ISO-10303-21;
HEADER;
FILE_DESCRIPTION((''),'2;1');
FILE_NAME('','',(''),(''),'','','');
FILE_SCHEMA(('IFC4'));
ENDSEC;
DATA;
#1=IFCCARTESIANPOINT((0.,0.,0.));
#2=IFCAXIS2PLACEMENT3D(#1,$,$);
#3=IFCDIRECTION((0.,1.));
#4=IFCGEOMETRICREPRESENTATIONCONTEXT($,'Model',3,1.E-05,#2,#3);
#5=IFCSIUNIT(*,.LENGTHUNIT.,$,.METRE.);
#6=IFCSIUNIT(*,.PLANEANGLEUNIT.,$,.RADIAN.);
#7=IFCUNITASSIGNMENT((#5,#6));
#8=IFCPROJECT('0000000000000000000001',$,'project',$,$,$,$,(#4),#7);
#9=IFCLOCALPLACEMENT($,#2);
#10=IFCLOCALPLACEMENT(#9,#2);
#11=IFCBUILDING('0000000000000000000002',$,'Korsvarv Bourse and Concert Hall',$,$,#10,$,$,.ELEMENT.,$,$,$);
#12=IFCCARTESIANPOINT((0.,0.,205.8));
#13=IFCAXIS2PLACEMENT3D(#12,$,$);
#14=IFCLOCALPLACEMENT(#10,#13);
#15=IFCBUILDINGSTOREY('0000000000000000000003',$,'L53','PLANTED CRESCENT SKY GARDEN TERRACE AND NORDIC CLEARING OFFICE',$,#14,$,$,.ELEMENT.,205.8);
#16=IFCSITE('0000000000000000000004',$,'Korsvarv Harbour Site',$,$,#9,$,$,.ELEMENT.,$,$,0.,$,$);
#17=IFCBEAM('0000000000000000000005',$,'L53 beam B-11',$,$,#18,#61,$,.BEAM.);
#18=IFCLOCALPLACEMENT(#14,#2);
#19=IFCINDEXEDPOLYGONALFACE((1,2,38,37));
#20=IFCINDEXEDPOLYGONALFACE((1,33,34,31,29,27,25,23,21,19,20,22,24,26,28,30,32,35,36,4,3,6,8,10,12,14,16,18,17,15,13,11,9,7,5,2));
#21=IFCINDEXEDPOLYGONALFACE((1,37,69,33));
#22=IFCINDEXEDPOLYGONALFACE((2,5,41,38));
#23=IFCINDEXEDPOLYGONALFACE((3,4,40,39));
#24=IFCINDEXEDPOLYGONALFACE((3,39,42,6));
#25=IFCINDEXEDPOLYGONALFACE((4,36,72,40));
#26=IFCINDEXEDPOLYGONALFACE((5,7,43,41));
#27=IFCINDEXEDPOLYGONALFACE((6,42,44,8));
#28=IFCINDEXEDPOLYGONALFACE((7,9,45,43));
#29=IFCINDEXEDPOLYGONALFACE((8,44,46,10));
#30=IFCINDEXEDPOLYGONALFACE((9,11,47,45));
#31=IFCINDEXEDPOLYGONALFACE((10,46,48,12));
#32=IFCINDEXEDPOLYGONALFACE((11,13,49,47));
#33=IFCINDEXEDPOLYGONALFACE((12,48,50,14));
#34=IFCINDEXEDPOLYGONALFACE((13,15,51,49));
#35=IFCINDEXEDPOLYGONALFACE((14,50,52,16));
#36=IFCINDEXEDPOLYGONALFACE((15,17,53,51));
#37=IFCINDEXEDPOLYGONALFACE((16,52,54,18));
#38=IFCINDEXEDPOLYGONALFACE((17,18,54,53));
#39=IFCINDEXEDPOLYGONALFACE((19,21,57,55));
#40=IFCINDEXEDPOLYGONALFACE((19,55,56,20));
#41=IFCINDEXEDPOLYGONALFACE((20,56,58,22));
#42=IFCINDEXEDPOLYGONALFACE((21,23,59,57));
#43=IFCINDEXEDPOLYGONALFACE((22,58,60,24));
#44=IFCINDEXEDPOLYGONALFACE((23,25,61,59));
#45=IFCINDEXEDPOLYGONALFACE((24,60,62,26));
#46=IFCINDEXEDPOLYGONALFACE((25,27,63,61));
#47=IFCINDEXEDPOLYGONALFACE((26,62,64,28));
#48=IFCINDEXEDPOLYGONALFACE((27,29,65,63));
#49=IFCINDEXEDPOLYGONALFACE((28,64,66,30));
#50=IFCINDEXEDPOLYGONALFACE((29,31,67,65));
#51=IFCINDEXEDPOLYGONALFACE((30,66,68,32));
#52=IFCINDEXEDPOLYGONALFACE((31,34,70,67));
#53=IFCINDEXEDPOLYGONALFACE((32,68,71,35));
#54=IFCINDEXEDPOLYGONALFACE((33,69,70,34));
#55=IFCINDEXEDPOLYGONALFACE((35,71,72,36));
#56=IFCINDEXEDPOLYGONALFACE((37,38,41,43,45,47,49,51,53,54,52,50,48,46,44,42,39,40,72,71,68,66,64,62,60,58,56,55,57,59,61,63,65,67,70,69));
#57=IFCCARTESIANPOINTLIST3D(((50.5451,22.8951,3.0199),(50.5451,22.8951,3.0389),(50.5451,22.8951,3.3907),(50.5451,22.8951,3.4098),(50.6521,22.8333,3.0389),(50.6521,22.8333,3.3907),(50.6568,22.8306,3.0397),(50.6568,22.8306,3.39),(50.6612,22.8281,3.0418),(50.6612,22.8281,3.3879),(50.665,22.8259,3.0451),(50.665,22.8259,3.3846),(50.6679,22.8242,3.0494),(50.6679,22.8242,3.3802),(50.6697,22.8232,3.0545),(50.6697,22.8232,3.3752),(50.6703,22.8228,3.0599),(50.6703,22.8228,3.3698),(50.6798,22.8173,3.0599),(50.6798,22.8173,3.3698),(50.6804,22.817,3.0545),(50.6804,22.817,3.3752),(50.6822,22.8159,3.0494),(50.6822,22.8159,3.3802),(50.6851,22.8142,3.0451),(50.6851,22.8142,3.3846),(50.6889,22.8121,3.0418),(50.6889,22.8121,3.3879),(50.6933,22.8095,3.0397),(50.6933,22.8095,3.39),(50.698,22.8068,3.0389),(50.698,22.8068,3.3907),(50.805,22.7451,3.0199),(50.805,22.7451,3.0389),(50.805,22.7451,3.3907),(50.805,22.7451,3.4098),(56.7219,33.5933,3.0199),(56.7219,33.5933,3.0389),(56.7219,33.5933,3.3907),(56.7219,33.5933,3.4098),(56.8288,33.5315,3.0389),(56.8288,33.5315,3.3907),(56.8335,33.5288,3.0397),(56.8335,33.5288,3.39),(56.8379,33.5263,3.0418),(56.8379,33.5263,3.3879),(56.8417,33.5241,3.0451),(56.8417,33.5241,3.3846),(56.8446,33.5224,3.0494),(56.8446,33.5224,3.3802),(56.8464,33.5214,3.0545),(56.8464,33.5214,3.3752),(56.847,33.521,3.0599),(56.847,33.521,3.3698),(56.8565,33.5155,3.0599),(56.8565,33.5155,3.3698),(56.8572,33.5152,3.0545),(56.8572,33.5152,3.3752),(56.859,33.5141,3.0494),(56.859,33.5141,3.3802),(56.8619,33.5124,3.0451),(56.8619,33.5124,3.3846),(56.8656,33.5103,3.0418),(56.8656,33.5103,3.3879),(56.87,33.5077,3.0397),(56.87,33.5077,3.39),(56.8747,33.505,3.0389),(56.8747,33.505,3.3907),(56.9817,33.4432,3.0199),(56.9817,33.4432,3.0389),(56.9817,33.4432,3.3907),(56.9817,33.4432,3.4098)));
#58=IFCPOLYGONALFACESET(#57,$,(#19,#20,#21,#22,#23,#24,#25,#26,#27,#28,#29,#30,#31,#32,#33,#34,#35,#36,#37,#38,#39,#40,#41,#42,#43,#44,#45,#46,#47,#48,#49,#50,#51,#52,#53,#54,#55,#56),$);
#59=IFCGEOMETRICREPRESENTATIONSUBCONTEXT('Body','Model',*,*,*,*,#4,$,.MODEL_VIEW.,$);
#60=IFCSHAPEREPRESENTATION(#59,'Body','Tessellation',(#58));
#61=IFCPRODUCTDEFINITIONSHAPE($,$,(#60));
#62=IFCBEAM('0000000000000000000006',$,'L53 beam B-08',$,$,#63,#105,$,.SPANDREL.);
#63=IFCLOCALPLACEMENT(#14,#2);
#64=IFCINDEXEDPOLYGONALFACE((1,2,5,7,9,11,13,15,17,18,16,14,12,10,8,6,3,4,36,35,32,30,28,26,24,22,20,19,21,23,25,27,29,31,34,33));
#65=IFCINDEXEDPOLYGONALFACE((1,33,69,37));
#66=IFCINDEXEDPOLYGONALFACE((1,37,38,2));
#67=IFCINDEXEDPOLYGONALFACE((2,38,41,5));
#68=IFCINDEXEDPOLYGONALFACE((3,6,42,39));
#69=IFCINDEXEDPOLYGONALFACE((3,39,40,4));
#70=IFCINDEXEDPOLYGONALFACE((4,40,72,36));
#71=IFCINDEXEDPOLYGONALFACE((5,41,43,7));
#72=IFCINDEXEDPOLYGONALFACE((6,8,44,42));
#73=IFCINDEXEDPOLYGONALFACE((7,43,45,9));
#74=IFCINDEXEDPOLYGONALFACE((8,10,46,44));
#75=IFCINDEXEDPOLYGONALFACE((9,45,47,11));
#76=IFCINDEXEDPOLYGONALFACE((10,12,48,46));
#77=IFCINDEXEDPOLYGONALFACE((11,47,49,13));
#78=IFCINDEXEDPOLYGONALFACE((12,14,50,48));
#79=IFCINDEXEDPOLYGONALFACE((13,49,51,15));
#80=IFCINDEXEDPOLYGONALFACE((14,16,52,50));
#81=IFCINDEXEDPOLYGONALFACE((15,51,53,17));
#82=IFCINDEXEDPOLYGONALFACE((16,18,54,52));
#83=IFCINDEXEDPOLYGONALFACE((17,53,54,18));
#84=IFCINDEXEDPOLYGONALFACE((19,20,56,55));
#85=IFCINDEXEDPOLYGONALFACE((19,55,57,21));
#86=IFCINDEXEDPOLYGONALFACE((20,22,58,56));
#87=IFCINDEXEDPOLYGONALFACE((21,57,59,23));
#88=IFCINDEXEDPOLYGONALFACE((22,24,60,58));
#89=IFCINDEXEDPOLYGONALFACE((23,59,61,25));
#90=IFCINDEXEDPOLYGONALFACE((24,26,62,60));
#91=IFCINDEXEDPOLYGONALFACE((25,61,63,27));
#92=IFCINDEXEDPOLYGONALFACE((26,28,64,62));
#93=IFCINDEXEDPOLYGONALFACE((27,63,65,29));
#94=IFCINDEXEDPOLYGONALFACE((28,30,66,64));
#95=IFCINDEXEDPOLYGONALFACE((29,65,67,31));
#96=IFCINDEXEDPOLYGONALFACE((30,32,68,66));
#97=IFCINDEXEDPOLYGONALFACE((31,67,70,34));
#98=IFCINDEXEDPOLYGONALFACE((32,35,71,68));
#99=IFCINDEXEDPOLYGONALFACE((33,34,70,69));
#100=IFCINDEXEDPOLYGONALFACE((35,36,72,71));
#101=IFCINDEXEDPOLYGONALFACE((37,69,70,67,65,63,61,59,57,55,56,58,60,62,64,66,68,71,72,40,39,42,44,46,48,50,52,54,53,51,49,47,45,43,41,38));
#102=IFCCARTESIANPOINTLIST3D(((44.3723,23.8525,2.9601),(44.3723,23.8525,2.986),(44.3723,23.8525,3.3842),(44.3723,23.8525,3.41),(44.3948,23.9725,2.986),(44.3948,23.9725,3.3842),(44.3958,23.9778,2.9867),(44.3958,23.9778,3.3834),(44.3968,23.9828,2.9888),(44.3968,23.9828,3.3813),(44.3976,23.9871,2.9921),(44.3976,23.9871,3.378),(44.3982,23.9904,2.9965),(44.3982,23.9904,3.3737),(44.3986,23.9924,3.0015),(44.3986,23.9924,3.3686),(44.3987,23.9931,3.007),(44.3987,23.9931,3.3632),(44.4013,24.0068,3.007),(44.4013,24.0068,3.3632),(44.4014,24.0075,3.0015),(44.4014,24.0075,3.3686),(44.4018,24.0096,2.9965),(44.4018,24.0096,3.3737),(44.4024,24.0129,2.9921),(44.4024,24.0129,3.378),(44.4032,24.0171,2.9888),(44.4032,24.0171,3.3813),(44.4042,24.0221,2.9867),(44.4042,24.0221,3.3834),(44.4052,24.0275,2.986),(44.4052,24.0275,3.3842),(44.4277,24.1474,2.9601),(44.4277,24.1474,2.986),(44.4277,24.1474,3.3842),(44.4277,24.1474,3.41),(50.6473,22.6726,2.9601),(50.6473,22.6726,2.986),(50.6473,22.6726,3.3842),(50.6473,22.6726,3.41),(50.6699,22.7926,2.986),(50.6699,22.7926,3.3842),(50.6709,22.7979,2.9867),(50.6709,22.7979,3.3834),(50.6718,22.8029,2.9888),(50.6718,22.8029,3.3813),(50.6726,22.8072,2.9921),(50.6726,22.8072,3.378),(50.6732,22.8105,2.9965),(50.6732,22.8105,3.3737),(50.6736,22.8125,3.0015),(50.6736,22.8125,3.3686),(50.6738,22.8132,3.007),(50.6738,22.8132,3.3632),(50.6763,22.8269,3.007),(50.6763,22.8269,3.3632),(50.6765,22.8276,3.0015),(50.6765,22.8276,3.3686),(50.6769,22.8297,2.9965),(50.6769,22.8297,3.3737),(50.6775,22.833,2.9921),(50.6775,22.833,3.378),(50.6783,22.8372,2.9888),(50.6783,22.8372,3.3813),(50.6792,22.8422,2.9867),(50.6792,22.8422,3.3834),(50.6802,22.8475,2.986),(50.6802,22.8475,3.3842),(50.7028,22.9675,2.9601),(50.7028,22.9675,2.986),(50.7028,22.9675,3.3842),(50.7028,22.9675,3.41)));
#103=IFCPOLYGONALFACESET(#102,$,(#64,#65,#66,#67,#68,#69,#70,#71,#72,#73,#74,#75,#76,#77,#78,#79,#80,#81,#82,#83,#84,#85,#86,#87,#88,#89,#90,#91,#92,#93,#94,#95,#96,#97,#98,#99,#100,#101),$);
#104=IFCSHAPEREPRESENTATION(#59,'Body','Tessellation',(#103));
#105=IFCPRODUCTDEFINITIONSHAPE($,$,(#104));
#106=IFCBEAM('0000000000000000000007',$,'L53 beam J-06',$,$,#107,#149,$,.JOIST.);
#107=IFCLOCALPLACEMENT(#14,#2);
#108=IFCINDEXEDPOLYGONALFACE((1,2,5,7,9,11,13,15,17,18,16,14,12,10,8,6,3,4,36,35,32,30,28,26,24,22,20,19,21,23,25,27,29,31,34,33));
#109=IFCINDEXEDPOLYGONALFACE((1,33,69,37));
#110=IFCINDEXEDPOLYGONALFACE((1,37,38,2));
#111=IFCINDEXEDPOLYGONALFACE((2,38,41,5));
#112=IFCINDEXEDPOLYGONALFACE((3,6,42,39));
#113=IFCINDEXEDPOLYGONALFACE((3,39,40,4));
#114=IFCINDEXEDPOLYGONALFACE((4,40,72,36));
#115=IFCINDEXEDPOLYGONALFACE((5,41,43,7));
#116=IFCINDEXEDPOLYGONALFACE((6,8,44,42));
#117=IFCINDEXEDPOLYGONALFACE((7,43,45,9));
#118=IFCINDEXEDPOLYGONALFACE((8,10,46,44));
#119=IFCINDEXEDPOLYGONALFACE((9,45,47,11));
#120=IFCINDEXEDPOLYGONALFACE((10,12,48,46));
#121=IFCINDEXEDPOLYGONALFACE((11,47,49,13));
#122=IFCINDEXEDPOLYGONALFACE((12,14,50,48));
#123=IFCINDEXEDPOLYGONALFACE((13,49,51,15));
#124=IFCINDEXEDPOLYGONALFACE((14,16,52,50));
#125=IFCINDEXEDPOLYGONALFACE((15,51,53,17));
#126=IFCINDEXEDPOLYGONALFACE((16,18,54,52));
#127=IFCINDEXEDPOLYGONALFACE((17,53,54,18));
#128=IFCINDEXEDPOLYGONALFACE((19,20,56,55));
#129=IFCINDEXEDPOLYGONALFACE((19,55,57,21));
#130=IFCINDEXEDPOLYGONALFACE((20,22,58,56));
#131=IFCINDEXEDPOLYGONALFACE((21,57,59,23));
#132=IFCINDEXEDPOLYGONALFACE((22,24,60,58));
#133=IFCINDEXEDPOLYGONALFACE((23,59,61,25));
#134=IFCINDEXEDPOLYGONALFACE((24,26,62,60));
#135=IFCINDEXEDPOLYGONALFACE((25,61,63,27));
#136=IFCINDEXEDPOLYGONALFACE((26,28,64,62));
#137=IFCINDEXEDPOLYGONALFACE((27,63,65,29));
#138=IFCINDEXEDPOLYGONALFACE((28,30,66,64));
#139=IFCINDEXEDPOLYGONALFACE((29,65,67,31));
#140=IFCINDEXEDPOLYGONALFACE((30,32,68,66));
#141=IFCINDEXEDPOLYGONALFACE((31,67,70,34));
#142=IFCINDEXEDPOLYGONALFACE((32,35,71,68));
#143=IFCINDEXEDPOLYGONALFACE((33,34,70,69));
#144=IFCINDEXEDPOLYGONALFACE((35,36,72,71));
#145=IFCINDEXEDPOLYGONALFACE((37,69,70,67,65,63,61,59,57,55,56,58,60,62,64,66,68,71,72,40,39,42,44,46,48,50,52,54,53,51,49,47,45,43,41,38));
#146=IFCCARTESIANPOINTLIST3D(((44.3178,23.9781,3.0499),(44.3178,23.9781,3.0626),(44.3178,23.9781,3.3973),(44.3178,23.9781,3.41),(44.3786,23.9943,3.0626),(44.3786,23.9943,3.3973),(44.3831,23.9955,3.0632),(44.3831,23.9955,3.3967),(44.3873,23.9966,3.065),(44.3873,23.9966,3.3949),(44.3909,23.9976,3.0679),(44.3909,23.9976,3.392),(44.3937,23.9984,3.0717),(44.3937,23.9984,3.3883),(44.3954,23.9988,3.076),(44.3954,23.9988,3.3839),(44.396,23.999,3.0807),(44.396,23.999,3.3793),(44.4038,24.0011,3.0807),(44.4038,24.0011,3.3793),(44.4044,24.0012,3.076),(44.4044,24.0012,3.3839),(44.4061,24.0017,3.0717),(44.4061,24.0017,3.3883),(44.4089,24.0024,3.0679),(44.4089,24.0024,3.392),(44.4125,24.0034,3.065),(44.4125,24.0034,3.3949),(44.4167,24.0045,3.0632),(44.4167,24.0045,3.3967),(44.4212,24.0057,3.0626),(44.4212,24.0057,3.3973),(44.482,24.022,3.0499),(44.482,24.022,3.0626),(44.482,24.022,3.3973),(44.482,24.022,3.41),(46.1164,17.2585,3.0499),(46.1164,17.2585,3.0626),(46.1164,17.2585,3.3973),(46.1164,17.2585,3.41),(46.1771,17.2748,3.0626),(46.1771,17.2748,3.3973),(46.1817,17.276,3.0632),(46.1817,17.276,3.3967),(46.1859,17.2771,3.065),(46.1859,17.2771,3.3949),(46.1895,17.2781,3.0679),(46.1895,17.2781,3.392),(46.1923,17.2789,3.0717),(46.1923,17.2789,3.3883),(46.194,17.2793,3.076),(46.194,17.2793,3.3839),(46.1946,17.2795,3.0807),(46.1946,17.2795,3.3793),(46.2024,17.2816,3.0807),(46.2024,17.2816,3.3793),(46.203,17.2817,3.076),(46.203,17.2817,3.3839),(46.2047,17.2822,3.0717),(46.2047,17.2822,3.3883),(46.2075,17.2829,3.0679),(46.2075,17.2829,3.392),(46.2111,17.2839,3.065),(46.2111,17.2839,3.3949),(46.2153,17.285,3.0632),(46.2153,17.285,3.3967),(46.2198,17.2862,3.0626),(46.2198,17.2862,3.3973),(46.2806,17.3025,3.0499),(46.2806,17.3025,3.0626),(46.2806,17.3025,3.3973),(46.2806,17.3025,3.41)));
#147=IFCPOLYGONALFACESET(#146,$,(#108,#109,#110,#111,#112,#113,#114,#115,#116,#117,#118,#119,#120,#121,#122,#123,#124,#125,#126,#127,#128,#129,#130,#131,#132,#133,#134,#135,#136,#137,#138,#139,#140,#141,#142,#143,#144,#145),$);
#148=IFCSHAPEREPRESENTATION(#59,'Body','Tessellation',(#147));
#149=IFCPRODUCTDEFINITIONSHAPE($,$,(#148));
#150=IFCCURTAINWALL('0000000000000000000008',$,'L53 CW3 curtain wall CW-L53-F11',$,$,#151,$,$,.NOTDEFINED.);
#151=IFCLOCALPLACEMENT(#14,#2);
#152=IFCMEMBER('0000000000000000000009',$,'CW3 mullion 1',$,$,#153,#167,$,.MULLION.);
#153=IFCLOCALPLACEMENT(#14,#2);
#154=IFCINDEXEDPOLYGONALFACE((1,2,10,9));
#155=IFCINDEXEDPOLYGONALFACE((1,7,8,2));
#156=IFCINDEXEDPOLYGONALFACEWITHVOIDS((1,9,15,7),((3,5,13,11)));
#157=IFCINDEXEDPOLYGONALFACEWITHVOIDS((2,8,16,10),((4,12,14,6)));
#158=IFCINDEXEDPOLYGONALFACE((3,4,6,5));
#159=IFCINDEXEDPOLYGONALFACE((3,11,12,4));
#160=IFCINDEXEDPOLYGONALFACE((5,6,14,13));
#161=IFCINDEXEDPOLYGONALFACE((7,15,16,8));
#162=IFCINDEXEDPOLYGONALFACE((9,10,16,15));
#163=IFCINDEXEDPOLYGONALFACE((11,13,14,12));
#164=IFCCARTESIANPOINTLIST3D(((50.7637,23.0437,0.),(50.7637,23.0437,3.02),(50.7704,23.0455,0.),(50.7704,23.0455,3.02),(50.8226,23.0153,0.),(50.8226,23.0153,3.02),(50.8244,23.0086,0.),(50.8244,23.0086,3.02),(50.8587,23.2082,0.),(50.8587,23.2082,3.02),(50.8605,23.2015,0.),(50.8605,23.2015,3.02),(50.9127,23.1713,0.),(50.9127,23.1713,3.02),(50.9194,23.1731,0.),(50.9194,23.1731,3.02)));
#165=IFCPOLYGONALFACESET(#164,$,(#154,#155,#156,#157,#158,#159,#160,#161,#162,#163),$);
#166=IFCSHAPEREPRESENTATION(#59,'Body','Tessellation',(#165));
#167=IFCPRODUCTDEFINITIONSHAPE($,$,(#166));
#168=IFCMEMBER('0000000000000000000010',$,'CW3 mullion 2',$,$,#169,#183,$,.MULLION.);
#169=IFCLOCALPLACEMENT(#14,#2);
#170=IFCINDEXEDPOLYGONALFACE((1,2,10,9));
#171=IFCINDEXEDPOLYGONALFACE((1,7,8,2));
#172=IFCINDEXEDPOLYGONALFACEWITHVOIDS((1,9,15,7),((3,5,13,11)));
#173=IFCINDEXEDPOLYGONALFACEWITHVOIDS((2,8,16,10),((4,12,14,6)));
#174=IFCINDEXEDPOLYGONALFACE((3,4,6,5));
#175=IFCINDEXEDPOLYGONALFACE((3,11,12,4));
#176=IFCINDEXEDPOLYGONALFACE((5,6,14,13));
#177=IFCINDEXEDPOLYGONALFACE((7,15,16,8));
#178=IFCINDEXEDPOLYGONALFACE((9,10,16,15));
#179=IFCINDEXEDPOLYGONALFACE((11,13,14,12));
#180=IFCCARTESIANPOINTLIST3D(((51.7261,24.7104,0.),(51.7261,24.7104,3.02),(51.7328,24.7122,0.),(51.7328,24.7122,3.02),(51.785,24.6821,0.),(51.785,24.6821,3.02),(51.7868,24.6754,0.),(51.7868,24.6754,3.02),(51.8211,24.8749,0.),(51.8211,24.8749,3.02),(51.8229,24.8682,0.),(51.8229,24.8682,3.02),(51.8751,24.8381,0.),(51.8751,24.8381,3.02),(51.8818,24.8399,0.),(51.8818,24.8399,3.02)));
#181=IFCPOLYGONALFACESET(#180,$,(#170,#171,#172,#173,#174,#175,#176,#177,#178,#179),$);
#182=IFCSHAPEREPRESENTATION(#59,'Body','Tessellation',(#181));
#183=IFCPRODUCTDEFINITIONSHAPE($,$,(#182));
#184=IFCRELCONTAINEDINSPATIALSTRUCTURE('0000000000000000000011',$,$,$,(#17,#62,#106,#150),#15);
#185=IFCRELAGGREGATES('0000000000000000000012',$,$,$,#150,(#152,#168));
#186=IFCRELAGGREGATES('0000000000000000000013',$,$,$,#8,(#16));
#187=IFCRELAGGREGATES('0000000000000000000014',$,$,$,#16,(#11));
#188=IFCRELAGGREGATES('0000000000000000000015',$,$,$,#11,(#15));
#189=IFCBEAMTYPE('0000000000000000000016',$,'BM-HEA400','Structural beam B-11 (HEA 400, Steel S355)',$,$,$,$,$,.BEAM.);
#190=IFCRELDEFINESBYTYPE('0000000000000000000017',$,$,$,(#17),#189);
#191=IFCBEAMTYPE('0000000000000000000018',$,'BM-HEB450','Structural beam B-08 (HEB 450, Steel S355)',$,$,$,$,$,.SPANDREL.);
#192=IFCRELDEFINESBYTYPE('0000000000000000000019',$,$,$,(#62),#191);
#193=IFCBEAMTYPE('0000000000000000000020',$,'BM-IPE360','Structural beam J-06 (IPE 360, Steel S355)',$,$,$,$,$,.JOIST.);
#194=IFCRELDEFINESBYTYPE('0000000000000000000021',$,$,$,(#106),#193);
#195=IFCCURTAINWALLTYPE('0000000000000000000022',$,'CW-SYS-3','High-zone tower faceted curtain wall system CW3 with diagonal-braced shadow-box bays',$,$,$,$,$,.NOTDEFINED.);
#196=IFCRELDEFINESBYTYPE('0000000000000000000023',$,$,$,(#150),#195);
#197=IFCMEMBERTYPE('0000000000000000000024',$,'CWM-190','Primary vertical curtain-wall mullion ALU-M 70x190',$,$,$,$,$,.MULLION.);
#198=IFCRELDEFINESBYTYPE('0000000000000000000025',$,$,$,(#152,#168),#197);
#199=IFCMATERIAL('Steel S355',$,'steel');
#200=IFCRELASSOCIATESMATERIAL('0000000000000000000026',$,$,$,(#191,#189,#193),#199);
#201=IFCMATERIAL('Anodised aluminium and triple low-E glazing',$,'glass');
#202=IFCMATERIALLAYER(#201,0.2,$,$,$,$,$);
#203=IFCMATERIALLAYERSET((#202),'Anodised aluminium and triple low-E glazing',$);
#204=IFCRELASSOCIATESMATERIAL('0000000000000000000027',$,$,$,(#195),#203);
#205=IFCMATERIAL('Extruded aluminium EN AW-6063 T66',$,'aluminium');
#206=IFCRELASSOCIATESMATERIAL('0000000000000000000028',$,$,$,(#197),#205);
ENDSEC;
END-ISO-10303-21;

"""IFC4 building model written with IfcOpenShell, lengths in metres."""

from ifc_helpers import new_model, si_unit, direction, frame, origin, origin_2d, place, context, subcontext, project, spatial, hollow_rectangle, i_section, extrude, source, transform, mapped, material, layer, layer_set, material_profile, profile_set, type_object, element, aggregate, save


model = new_model("IFC4")

# Units and contexts
model_context = context("Model", 3, precision=1e-05, world=origin(), true_north=direction((0.0, 1.0)))
body_context = subcontext(model_context, "Body", "Model", "MODEL_VIEW")
ifc_project = project(units=[si_unit("LENGTHUNIT", "METRE"), si_unit("PLANEANGLEUNIT", "RADIAN")], contexts=[model_context])

# Site, building, storey
site_placement = place(None, origin())
site = spatial("IfcSite", under=ifc_project, at=site_placement, Name="Korsvarv Harbour Site", CompositionType="ELEMENT", RefElevation=0.0)
building_placement = place(site_placement, origin())
building = spatial("IfcBuilding", under=site, at=building_placement, Name="Korsvarv Bourse and Concert Hall", CompositionType="ELEMENT")
storey_placement = place(building_placement, frame((0.0, 0.0, 205.8)))
storey = spatial("IfcBuildingStorey", under=building, at=storey_placement, Name="L53", Description="PLANTED CRESCENT SKY GARDEN TERRACE AND NORDIC CLEARING OFFICE", CompositionType="ELEMENT", Elevation=205.8)

# Shared definitions
ifc_material_1 = material(Name="Steel S355", Category="steel")

# Beams
ifc_material_profile_1 = material_profile(ifc_material_1, i_section(OverallWidth=0.3, OverallDepth=0.45, WebThickness=0.0139, FlangeThickness=0.0259, FilletRadius=0.021, at=origin_2d()), Name="HEB 450")
ifc_profile_set_1 = profile_set([ifc_material_profile_1], Name="Steel S355")
beam_type_1 = type_object("IfcBeamType", Name="BM-HEB450", Description="Structural beam B-08 (HEB 450, Steel S355)", PredefinedType="SPANDREL", material=ifc_profile_set_1)
ifc_material_profile_2 = material_profile(ifc_material_1, i_section(OverallWidth=0.3, OverallDepth=0.3899, WebThickness=0.011, FlangeThickness=0.019, FilletRadius=0.021, at=origin_2d()), Name="HEA 400")
ifc_profile_set_2 = profile_set([ifc_material_profile_2], Name="Steel S355")
beam_type_2 = type_object("IfcBeamType", Name="BM-HEA400", Description="Structural beam B-11 (HEA 400, Steel S355)", PredefinedType="BEAM", material=ifc_profile_set_2)
shared_shape_1 = source(origin(), body_context, "Body", "SweptSolid", [
    extrude(i_section(OverallWidth=0.3, OverallDepth=0.3899, WebThickness=0.011, FlangeThickness=0.019, FilletRadius=0.021, at=origin_2d()), origin(), (0.0, 0.0, 1.0), 12.3533),
])
beam_1_placement = place(storey_placement, frame((50.675, 22.8201, 3.2148), z_axis=(0.500008, 0.866021, 0.0), x_axis=(-0.866021, 0.500008, 0.0)))
element("IfcBeam", 1, at=beam_1_placement, inside=storey, type_object=beam_type_2, Name="L53 beam B-11", PredefinedType="BEAM", context=body_context, shape_type="MappedRepresentation", body=[
    mapped(shared_shape_1, transform((0.0, 0.0, 0.0), scale=1.0)),
])
shared_shape_2 = source(origin(), body_context, "Body", "SweptSolid", [
    extrude(i_section(OverallWidth=0.3, OverallDepth=0.45, WebThickness=0.0139, FlangeThickness=0.0259, FilletRadius=0.021, at=origin_2d()), origin(), (0.0, 0.0, 1.0), 6.385),
])
beam_2_placement = place(storey_placement, frame((50.675, 22.8201, 3.1851), z_axis=(-0.982777, 0.184794, 0.0), x_axis=(-0.184794, -0.982777, 0.0)))
element("IfcBeam", 2, at=beam_2_placement, inside=storey, type_object=beam_type_1, Name="L53 beam B-08", PredefinedType="SPANDREL", context=body_context, shape_type="MappedRepresentation", body=[
    mapped(shared_shape_2, transform((0.0, 0.0, 0.0), scale=1.0)),
])
ifc_material_profile_3 = material_profile(ifc_material_1, i_section(OverallWidth=0.1699, OverallDepth=0.3601, WebThickness=0.0081, FlangeThickness=0.0127, FilletRadius=0.0181, at=origin_2d()), Name="IPE 360")
ifc_profile_set_3 = profile_set([ifc_material_profile_3], Name="Steel S355")
beam_type_3 = type_object("IfcBeamType", Name="BM-IPE360", Description="Structural beam J-06 (IPE 360, Steel S355)", PredefinedType="JOIST", material=ifc_profile_set_3)
shared_shape_3 = source(origin(), body_context, "Body", "SweptSolid", [
    extrude(i_section(OverallWidth=0.1699, OverallDepth=0.3601, WebThickness=0.0081, FlangeThickness=0.0127, FilletRadius=0.0181, at=origin_2d()), origin(), (0.0, 0.0, 1.0), 6.9561),
])
beam_3_placement = place(storey_placement, frame((46.1985, 17.2805, 3.23), z_axis=(-0.258565, 0.965994, 0.0), x_axis=(-0.965994, -0.258565, 0.0)))
element("IfcBeam", 3, at=beam_3_placement, inside=storey, type_object=beam_type_3, Name="L53 beam J-06", PredefinedType="JOIST", context=body_context, shape_type="MappedRepresentation", body=[
    mapped(shared_shape_3, transform((0.0, 0.0, 0.0), scale=1.0)),
])

# Curtain wall, members
ifc_material_2 = material(Name="Anodised aluminium and triple low-E glazing", Category="glass")
ifc_layer_1 = layer(ifc_material_2, 0.2)
ifc_layer_set_1 = layer_set([ifc_layer_1], Name="Anodised aluminium and triple low-E glazing")
curtain_wall_type = type_object("IfcCurtainWallType", Name="CW-SYS-3", Description="High-zone tower faceted curtain wall system CW3 with diagonal-braced shadow-box bays", PredefinedType="NOTDEFINED", material=ifc_layer_set_1)
curtain_wall_placement = place(storey_placement, origin())
curtain_wall = element("IfcCurtainWall", 4, at=curtain_wall_placement, inside=storey, type_object=curtain_wall_type, Name="L53 CW3 curtain wall CW-L53-F11", PredefinedType="NOTDEFINED")
ifc_material_3 = material(Name="Extruded aluminium EN AW-6063 T66", Category="aluminium")
ifc_material_profile_4 = material_profile(ifc_material_3, hollow_rectangle(XDim=0.0701, YDim=0.1899, WallThickness=0.0049, at=origin_2d()), Name="ALU-M 70x190")
ifc_profile_set_4 = profile_set([ifc_material_profile_4], Name="Extruded aluminium EN AW-6063 T66")
member_type_1 = type_object("IfcMemberType", Name="CWM-190", Description="Primary vertical curtain-wall mullion ALU-M 70x190", PredefinedType="MULLION", material=ifc_profile_set_4)
shared_shape_4 = source(origin(), body_context, "Body", "SweptSolid", [
    extrude(hollow_rectangle(XDim=0.0701, YDim=0.1899, WallThickness=0.0049, at=origin_2d()), origin(), (0.0, 0.0, 1.0), 3.02),
])
member_1_placement = place(storey_placement, frame((50.8416, 23.1084, 0.0), z_axis=(0.0, 0.0, 1.0), x_axis=(-0.866027, 0.499997, 0.0)))
member_1 = element("IfcMember", 5, at=member_1_placement, type_object=member_type_1, Name="CW3 mullion 1", PredefinedType="MULLION", context=body_context, shape_type="MappedRepresentation", body=[
    mapped(shared_shape_4, transform((0.0, 0.0, 0.0), scale=1.0)),
])
member_2_placement = place(storey_placement, frame((51.804, 24.7751, 0.0), z_axis=(0.0, 0.0, 1.0), x_axis=(-0.866027, 0.499997, 0.0)))
member_2 = element("IfcMember", 6, at=member_2_placement, type_object=member_type_1, Name="CW3 mullion 2", PredefinedType="MULLION", context=body_context, shape_type="MappedRepresentation", body=[
    mapped(shared_shape_4, transform((0.0, 0.0, 0.0), scale=1.0)),
])
aggregate(curtain_wall, [member_1, member_2])

save(model, "model.ifc")
